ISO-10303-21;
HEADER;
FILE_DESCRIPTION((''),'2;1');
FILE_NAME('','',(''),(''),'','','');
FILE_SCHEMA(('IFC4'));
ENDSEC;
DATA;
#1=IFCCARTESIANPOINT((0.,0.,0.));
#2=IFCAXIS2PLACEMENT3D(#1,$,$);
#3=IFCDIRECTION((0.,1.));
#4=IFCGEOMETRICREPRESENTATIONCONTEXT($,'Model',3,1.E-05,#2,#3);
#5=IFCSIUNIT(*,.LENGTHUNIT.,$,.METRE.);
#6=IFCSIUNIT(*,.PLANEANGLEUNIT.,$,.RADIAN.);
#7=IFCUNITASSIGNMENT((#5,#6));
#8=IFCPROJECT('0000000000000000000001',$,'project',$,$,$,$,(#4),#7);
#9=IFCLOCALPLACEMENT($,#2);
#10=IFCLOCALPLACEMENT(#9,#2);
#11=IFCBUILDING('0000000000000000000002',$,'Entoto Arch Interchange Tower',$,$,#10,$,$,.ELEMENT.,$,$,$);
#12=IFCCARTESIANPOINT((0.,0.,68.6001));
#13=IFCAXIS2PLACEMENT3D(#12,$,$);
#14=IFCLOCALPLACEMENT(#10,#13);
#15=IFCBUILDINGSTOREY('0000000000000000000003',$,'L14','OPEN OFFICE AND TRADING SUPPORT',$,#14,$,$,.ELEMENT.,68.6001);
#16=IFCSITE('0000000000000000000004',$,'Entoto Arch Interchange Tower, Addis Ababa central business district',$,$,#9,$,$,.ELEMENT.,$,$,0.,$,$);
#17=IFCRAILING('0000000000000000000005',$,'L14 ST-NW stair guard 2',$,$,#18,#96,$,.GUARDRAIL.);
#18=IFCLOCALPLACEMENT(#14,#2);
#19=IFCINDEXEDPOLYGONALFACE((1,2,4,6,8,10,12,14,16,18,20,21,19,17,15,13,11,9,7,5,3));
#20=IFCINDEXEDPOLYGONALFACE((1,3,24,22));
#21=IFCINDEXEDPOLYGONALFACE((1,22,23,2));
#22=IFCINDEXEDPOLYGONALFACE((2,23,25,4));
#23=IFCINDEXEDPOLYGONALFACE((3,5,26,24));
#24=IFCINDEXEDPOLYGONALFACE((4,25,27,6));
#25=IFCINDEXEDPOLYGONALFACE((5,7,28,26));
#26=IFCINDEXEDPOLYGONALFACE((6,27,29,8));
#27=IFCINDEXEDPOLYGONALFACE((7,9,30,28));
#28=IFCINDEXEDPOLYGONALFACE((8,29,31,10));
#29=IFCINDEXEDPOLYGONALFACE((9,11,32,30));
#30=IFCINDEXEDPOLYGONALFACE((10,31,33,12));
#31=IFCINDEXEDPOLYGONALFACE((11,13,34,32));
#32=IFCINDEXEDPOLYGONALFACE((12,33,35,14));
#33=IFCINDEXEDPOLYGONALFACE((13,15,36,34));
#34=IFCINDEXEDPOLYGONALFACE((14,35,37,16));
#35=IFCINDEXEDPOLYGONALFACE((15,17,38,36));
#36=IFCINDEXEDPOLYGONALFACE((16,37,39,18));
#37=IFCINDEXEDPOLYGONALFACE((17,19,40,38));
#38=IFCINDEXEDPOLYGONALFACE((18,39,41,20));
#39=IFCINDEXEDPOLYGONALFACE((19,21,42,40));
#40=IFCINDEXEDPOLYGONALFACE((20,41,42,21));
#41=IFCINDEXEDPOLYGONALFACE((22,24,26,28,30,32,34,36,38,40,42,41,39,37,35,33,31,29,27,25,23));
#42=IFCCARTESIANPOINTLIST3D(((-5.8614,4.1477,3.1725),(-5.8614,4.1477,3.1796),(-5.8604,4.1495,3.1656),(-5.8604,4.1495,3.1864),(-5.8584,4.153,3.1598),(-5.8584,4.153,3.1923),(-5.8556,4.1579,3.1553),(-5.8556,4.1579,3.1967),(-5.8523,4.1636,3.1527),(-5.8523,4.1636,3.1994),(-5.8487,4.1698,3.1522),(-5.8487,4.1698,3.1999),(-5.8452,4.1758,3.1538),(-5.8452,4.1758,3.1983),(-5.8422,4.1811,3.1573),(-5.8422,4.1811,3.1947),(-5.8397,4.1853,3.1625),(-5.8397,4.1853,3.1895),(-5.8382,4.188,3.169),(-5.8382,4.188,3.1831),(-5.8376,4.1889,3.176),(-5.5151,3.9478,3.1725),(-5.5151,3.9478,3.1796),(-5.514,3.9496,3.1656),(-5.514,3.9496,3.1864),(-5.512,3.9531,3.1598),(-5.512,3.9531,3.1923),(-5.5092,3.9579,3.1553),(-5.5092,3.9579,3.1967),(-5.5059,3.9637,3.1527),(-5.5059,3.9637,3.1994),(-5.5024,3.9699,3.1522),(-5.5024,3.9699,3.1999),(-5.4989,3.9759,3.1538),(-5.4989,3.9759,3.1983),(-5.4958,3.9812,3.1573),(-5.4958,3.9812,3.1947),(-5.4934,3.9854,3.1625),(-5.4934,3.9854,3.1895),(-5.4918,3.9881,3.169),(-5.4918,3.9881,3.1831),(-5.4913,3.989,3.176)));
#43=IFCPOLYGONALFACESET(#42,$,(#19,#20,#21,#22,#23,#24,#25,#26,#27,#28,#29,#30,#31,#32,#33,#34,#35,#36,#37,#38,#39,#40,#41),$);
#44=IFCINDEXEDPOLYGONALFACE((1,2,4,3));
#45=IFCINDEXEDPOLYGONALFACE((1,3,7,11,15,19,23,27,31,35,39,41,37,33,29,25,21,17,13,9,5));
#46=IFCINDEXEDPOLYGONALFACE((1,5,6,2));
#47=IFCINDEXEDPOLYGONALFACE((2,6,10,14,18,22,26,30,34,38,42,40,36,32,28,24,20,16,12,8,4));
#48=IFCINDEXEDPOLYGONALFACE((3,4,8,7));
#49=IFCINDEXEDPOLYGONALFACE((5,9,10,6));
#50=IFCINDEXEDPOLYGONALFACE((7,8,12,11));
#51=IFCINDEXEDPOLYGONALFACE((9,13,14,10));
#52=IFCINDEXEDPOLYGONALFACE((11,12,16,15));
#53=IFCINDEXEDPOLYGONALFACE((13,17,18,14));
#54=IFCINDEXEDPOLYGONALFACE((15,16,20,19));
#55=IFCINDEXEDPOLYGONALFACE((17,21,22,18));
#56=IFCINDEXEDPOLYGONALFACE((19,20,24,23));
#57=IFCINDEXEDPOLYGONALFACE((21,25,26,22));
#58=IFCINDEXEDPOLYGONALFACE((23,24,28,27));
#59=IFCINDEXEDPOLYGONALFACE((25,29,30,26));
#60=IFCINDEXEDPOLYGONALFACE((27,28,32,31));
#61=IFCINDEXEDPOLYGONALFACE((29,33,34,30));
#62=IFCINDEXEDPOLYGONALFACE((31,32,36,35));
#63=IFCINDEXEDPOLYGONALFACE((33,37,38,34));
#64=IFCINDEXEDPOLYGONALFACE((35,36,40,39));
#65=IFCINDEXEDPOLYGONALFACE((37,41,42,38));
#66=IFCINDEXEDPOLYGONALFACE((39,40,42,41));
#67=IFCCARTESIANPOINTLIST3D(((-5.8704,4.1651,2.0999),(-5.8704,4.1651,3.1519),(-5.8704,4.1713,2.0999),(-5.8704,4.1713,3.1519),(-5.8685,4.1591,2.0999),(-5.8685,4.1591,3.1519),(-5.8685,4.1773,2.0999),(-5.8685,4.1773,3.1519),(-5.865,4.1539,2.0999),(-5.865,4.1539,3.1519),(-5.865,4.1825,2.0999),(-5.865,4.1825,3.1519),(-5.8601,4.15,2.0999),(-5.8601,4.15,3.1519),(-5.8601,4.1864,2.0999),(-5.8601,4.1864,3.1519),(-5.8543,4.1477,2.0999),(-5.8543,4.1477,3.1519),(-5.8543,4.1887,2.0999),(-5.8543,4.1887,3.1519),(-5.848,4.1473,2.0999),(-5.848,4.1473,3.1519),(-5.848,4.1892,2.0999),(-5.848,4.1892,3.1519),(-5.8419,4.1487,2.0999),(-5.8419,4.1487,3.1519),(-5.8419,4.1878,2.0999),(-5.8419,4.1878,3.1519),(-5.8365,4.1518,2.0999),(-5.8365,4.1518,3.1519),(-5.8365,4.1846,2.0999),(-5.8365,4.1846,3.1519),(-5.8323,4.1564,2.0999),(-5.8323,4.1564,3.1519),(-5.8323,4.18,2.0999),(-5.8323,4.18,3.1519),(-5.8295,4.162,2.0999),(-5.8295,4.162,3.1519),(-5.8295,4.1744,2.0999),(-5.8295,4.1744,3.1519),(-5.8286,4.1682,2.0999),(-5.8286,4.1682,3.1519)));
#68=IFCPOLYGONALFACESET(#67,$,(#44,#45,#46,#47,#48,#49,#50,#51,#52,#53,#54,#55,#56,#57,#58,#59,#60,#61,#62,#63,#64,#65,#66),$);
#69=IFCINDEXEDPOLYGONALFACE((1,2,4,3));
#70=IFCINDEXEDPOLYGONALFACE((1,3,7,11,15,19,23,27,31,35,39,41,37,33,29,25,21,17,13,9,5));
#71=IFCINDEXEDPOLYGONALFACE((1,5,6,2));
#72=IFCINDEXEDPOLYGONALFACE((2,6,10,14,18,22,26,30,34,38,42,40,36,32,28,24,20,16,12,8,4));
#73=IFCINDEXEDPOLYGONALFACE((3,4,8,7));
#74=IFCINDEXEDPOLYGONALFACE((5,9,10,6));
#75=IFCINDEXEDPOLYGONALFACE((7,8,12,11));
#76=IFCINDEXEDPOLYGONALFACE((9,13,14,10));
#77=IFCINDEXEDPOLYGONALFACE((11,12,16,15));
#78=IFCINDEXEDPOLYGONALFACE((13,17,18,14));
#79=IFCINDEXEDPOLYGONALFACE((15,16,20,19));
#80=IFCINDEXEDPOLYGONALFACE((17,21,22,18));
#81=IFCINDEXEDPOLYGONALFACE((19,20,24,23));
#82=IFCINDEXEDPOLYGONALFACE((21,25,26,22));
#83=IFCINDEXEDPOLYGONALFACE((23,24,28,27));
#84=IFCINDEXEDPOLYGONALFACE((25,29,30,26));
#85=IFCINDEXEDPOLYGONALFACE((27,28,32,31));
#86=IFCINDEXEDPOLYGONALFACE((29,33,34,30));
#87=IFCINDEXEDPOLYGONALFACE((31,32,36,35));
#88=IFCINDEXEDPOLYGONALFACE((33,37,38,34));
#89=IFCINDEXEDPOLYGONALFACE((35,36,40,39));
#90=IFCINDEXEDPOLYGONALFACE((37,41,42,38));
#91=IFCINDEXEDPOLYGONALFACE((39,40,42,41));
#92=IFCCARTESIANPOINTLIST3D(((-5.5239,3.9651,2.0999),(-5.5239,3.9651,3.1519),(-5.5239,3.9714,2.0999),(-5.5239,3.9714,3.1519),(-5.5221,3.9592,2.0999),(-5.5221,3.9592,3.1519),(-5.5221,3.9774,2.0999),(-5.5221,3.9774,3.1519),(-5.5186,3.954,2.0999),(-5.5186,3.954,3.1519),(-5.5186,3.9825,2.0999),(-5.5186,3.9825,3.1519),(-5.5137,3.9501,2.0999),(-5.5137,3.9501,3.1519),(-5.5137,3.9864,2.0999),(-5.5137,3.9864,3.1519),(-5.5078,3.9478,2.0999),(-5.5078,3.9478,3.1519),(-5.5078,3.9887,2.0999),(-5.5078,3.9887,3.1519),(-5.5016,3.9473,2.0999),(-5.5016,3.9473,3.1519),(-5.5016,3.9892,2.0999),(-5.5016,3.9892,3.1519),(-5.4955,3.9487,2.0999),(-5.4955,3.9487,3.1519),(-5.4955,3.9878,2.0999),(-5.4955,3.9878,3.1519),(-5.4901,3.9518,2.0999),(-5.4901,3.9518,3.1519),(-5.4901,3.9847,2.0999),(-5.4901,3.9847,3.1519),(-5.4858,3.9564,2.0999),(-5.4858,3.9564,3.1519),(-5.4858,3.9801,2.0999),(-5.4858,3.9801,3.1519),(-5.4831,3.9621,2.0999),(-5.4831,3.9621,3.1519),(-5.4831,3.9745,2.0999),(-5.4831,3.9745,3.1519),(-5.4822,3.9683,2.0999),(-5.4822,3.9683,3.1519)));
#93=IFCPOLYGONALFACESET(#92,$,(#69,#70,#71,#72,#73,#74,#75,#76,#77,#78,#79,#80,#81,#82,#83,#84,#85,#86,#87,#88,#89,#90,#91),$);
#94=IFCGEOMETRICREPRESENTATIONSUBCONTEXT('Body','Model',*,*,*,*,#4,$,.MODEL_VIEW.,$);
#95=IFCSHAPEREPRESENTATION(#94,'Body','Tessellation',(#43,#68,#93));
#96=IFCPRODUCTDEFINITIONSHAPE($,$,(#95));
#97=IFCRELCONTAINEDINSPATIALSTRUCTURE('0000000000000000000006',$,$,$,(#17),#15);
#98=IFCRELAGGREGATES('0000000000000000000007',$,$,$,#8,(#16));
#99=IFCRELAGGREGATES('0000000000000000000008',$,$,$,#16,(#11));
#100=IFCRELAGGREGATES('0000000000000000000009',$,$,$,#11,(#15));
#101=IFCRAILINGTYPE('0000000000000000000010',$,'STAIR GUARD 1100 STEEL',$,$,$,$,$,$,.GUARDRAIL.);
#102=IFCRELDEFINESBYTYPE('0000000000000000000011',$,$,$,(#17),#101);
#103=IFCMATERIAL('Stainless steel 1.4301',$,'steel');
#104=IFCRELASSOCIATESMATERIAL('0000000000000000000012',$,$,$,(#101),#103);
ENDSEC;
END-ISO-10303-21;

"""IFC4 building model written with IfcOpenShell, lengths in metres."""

from ifc_helpers import new_model, si_unit, direction, frame, origin, origin_2d, place, context, subcontext, project, spatial, circle, extrude, material, type_object, element, save


model = new_model("IFC4")

# Units and contexts
model_context = context("Model", 3, precision=1e-05, world=origin(), true_north=direction((0.0, 1.0)))
body_context = subcontext(model_context, "Body", "Model", "MODEL_VIEW")
ifc_project = project(units=[si_unit("LENGTHUNIT", "METRE"), si_unit("PLANEANGLEUNIT", "RADIAN")], contexts=[model_context])

# Site, building, storey
site_placement = place(None, origin())
site = spatial("IfcSite", under=ifc_project, at=site_placement, Name="Entoto Arch Interchange Tower, Addis Ababa central business district", CompositionType="ELEMENT", RefElevation=0.0)
building_placement = place(site_placement, origin())
building = spatial("IfcBuilding", under=site, at=building_placement, Name="Entoto Arch Interchange Tower", CompositionType="ELEMENT")
storey_placement = place(building_placement, frame((0.0, 0.0, 68.6001)))
storey = spatial("IfcBuildingStorey", under=building, at=storey_placement, Name="L14", Description="OPEN OFFICE AND TRADING SUPPORT", CompositionType="ELEMENT", Elevation=68.6001)

# Railing
ifc_material_1 = material(Name="Stainless steel 1.4301", Category="steel")
railing_type_1 = type_object("IfcRailingType", Name="STAIR GUARD 1100 STEEL", PredefinedType="GUARDRAIL", material=ifc_material_1)
railing_1_placement = place(storey_placement, frame((-5.8496, 4.1682, 2.0999)))
element("IfcRailing", 1, at=railing_1_placement, inside=storey, type_object=railing_type_1, Name="L14 ST-NW stair guard 2", PredefinedType="GUARDRAIL", context=body_context, shape_type="SweptSolid", body=[
    extrude(circle(Radius=0.0239, at=origin_2d()), frame((0.0, 0.0, 1.0762), z_axis=(0.866094, -0.499881, 0.0), x_axis=(0.499881, 0.866094, 0.0)), (0.0, 0.0, 1.0), 0.3999),
    extrude(circle(Radius=0.021, at=origin_2d()), origin(), (0.0, 0.0, 1.0), 1.052),
    extrude(circle(Radius=0.021, at=origin_2d()), frame((0.3464, -0.2, 0.0)), (0.0, 0.0, 1.0), 1.052),
])

save(model, "model.ifc")
